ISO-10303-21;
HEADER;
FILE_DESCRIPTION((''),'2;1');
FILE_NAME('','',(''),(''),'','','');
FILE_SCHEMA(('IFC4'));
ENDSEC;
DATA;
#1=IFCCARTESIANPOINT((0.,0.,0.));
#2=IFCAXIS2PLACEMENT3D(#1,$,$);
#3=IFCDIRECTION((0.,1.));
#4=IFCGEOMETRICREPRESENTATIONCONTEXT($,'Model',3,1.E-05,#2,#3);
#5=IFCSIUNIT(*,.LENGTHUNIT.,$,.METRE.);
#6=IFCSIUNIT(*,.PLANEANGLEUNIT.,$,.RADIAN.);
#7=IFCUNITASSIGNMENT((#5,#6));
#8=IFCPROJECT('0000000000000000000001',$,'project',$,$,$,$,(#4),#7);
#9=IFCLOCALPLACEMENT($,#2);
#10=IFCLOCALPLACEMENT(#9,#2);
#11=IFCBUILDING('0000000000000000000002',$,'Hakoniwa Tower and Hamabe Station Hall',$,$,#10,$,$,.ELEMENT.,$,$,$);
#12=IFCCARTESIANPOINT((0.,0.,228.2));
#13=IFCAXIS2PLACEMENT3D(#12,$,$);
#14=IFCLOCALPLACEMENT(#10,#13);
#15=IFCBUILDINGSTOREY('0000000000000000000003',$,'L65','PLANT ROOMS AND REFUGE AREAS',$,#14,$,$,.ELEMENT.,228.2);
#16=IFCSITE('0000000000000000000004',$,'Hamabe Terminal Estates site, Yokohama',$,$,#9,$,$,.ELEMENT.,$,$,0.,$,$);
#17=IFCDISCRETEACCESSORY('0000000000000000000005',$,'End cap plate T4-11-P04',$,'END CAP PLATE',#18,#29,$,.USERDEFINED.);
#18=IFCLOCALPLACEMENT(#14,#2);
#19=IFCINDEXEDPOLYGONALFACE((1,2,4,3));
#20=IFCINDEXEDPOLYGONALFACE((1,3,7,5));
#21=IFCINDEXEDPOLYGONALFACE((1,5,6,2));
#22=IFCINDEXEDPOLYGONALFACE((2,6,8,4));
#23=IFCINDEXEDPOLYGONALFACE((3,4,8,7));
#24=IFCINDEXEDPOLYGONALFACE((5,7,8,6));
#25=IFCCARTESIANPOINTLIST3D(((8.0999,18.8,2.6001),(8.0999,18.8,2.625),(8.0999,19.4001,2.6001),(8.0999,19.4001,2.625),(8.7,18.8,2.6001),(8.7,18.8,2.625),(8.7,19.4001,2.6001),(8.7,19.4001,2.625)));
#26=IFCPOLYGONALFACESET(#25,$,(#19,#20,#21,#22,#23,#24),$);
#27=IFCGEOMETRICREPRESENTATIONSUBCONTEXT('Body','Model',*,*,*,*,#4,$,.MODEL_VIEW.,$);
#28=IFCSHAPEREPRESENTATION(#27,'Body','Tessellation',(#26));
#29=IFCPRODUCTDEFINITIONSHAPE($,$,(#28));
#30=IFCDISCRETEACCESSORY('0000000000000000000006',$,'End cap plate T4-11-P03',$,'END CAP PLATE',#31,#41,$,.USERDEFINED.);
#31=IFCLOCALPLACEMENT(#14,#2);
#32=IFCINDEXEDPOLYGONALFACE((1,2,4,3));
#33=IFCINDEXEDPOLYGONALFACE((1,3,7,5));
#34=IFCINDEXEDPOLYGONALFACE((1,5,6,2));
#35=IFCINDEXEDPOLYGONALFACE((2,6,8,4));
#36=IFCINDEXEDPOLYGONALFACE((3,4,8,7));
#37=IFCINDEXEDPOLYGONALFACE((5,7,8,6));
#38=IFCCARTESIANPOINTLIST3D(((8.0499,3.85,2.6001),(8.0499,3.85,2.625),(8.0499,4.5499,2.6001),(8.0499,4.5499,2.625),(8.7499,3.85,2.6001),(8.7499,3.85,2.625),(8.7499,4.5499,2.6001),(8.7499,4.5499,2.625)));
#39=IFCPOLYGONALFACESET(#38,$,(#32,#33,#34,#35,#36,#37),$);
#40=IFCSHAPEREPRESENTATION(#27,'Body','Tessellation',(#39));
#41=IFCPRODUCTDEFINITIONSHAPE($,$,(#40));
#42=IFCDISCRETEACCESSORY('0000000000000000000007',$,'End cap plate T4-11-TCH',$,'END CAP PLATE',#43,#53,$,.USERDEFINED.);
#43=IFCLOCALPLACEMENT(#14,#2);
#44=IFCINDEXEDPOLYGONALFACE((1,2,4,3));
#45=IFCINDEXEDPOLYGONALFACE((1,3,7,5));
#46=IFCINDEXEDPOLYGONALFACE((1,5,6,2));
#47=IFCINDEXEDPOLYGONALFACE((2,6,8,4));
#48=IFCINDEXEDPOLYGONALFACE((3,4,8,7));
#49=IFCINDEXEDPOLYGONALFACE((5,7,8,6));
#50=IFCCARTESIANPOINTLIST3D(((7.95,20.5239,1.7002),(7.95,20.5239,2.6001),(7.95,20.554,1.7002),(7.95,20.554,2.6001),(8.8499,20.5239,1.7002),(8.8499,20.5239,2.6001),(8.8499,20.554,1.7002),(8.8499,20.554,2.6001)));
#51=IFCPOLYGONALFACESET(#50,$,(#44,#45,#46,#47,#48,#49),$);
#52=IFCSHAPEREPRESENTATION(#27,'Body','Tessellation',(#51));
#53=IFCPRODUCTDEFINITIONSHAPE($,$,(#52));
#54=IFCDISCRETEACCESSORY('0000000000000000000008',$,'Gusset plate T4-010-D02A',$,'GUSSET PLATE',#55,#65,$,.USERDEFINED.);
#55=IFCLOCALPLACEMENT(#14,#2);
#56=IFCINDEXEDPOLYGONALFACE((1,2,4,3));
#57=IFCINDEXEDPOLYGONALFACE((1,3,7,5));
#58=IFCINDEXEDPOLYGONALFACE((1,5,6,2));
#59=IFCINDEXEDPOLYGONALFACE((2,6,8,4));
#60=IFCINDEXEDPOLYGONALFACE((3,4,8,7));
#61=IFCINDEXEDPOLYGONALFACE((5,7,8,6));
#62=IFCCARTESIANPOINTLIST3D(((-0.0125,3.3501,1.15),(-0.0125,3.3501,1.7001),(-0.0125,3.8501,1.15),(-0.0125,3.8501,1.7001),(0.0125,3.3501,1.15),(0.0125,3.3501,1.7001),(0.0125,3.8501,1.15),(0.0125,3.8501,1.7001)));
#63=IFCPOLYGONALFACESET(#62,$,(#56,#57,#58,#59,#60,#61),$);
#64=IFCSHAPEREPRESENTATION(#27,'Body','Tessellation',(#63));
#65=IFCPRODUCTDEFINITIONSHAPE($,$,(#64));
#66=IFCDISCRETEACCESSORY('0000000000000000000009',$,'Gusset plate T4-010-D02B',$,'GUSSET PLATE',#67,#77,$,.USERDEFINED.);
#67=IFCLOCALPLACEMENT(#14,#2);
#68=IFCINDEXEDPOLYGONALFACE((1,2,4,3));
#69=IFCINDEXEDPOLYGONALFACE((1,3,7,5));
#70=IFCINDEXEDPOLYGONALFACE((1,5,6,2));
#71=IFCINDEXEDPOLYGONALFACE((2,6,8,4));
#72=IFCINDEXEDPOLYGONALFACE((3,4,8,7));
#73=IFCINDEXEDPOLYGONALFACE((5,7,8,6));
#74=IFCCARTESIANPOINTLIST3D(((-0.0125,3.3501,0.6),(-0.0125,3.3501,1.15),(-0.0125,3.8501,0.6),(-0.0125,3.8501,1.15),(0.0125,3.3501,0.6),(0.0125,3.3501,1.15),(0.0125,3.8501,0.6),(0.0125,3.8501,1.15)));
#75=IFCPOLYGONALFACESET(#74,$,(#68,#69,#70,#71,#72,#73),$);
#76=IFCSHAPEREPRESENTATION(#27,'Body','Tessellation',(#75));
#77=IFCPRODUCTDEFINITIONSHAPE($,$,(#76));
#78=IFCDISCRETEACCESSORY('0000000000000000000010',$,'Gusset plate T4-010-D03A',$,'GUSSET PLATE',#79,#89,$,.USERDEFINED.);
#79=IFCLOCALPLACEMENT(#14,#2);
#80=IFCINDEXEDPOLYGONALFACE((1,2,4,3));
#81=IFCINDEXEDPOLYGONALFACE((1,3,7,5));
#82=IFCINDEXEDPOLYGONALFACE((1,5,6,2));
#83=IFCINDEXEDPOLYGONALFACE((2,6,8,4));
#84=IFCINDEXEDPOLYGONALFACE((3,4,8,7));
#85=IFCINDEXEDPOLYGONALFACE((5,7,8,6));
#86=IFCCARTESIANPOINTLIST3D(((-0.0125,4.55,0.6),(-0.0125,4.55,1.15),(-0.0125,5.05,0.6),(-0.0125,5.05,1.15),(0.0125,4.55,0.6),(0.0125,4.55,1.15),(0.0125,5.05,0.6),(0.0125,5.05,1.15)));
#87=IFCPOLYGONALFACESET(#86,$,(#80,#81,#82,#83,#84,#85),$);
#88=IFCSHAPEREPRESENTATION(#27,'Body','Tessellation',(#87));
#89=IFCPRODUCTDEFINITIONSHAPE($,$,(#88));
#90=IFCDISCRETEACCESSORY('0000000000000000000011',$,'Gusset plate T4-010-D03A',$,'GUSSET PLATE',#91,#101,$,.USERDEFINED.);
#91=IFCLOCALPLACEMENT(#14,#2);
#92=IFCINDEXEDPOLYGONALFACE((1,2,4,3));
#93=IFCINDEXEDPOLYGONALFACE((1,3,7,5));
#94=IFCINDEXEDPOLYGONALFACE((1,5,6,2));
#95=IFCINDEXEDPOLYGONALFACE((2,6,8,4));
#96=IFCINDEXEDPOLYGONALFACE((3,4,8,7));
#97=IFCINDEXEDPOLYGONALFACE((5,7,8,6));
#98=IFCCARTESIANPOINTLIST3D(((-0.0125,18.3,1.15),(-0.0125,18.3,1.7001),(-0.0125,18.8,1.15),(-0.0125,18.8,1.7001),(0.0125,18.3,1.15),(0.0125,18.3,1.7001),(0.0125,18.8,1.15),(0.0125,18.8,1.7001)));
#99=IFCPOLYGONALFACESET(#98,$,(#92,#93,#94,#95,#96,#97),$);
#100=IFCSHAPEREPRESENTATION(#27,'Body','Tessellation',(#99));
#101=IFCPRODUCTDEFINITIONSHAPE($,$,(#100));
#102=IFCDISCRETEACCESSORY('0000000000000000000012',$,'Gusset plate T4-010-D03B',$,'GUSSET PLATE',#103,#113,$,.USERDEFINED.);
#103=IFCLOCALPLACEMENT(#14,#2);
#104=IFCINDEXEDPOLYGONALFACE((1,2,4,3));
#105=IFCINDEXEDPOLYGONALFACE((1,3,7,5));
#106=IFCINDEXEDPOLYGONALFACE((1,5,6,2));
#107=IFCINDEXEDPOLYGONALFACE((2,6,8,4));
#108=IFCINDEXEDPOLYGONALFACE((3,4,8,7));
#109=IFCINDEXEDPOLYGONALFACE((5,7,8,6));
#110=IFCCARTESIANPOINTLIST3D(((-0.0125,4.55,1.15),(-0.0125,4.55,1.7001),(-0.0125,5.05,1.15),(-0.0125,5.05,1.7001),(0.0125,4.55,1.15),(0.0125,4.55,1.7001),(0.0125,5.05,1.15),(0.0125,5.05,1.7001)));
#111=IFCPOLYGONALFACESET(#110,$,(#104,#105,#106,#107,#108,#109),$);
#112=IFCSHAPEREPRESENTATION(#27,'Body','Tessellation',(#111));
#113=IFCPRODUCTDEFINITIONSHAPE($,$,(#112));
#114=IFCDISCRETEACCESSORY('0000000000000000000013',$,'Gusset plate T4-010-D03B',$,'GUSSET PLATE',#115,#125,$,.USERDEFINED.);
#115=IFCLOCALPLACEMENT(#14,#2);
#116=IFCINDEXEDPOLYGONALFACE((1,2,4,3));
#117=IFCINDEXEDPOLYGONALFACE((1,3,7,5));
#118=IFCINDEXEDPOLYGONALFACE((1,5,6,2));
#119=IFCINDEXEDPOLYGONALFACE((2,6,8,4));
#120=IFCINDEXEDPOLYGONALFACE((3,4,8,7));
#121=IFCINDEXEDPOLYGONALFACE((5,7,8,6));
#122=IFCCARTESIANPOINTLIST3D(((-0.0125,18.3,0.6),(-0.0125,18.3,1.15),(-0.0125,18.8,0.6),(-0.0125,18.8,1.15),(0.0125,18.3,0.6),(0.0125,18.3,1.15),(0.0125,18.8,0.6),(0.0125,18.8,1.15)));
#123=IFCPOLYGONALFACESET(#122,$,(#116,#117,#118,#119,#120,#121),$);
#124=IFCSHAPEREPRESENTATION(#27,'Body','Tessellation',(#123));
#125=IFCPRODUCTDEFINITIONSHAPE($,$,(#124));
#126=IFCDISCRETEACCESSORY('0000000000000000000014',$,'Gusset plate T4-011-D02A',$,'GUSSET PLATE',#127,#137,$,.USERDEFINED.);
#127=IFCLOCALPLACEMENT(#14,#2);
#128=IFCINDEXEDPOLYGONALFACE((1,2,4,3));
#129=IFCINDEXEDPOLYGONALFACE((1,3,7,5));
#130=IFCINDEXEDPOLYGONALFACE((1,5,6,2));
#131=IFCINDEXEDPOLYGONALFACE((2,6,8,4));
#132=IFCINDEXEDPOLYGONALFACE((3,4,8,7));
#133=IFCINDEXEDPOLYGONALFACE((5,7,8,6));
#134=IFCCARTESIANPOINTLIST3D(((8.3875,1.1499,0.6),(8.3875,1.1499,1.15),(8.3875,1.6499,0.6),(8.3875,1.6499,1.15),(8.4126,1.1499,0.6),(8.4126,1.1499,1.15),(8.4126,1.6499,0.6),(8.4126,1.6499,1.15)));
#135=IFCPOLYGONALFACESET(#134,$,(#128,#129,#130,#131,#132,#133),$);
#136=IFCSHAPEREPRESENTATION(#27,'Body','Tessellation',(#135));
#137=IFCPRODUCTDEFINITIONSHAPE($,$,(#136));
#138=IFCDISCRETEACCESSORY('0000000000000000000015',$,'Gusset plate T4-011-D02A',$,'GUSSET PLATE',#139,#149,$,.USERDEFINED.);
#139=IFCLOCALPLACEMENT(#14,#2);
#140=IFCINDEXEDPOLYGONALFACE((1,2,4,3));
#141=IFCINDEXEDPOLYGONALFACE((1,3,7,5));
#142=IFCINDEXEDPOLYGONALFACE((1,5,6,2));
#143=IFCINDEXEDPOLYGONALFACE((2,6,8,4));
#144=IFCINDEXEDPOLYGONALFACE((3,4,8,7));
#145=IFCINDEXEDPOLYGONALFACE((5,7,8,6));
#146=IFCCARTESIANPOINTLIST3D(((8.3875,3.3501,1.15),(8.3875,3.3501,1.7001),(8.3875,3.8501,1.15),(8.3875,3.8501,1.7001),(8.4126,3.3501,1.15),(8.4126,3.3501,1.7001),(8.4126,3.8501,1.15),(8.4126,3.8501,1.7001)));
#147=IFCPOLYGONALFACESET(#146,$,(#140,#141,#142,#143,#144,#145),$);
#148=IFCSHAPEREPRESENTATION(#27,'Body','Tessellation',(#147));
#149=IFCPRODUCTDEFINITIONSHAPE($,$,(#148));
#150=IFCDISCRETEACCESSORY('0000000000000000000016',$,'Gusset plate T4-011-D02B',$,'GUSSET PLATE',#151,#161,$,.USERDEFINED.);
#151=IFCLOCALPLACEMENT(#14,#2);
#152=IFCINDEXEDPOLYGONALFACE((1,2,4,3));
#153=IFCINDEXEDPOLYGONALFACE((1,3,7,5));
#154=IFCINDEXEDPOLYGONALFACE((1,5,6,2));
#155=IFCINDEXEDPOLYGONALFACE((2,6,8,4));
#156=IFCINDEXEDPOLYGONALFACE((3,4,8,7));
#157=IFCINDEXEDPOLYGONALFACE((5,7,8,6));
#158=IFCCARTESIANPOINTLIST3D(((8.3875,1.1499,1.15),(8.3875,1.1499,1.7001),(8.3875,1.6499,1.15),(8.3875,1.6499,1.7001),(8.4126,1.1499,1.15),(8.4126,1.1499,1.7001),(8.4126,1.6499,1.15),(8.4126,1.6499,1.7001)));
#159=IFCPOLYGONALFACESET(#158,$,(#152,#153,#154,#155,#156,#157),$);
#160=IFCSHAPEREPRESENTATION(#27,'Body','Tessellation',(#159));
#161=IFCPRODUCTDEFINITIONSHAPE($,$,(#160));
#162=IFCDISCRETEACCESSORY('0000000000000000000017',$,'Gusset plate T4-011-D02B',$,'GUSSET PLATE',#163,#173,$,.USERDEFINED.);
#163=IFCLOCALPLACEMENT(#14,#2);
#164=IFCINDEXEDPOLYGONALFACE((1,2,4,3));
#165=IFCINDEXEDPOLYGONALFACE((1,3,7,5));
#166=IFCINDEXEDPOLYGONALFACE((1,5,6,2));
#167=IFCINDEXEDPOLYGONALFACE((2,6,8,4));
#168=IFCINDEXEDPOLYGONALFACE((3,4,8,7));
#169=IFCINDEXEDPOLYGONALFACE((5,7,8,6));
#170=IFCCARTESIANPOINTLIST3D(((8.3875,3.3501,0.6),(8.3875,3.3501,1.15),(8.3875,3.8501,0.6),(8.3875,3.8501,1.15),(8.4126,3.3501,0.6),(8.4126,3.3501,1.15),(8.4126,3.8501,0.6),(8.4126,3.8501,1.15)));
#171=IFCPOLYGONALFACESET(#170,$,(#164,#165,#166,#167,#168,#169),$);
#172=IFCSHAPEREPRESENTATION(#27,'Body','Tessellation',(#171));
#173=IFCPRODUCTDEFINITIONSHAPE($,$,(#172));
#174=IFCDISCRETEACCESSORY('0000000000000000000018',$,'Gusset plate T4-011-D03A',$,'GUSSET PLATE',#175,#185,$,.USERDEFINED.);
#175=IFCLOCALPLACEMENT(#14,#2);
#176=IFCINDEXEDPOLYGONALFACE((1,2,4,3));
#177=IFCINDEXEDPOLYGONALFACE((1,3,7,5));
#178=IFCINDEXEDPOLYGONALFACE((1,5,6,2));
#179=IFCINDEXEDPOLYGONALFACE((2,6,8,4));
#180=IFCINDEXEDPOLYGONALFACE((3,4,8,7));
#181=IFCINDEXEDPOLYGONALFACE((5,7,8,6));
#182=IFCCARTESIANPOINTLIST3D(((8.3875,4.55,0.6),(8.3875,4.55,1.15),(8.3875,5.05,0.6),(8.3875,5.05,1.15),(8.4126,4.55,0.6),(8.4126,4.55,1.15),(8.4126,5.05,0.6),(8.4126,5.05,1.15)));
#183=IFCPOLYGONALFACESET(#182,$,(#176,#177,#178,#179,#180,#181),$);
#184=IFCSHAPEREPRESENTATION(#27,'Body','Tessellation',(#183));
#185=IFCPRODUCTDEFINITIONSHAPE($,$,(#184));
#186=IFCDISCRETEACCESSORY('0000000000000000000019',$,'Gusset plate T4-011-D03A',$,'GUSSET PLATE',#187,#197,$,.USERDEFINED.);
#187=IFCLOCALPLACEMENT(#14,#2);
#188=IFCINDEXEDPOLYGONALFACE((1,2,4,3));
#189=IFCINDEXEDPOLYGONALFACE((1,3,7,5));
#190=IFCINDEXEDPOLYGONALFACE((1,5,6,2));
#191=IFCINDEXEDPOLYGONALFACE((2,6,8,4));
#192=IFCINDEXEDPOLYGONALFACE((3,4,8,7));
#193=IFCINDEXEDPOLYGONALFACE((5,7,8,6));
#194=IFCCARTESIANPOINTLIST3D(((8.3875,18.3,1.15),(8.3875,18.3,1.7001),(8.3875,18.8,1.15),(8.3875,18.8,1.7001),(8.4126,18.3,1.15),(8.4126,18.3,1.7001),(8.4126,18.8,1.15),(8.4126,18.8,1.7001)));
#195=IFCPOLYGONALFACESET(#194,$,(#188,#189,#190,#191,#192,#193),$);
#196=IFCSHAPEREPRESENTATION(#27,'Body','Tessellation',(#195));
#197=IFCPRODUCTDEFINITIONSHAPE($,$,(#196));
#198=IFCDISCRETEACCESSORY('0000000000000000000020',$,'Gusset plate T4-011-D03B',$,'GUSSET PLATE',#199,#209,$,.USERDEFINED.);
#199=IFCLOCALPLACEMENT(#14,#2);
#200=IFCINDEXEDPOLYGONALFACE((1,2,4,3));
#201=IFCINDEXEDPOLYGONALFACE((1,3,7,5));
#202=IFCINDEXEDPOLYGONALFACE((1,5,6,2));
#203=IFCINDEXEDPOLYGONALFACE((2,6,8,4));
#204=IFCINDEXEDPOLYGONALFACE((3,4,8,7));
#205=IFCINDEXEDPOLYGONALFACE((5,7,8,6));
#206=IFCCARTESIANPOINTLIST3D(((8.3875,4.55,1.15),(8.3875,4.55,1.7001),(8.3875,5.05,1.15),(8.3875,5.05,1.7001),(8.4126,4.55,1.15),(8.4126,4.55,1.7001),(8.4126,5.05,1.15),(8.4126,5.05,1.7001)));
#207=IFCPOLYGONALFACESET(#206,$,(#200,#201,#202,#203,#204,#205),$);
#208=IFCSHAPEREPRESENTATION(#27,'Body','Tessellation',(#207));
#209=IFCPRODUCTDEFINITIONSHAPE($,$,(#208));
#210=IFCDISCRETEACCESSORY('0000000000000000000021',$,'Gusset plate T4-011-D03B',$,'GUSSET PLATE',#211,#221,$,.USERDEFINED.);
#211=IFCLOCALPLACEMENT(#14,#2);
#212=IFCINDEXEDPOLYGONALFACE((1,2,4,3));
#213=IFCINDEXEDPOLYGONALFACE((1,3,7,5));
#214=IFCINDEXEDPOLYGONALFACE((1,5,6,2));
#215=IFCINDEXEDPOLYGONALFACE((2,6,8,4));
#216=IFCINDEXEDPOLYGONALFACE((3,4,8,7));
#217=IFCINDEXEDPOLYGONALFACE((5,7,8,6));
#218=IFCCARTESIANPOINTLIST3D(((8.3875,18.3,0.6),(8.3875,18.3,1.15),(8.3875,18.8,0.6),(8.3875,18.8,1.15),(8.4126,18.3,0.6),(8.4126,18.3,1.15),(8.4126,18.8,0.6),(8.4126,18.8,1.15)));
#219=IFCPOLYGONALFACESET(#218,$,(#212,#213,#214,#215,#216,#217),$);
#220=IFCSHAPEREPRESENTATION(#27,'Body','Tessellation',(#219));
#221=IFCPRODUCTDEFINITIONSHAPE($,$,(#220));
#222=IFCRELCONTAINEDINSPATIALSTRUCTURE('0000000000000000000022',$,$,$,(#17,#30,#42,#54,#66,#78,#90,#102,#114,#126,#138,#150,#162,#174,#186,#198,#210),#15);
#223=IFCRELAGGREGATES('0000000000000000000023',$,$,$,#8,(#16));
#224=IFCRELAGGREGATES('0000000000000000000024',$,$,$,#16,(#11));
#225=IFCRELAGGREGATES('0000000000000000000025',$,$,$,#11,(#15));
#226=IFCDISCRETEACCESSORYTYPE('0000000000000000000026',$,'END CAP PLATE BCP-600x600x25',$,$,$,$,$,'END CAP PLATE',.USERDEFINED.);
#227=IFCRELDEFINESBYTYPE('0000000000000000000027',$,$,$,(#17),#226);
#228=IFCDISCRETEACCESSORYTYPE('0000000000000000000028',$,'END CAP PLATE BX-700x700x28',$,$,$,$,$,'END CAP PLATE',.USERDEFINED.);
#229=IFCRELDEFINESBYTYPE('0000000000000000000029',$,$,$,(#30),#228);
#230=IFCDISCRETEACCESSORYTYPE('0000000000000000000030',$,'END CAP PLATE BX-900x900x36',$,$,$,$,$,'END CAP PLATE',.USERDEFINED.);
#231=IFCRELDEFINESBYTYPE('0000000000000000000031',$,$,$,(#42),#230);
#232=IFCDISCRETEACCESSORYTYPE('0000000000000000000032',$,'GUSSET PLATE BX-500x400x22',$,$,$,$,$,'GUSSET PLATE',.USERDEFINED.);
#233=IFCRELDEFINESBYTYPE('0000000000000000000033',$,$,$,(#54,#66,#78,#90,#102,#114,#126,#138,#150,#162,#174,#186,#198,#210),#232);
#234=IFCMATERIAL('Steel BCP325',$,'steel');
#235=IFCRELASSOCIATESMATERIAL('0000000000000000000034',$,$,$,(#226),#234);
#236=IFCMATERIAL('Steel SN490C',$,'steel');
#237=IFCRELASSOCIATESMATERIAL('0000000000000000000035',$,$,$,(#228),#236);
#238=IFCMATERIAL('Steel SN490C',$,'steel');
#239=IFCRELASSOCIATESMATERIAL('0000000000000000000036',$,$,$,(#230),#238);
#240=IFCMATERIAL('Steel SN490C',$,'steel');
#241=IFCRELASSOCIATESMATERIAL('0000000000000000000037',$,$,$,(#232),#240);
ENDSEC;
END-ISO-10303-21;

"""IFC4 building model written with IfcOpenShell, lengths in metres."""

from ifc_helpers import new_model, si_unit, direction, frame, origin, origin_2d, place, context, subcontext, project, spatial, rectangle, extrude, material, material_profile, profile_set, type_object, element, save


model = new_model("IFC4")

# Units and contexts
model_context = context("Model", 3, precision=1e-05, world=origin(), true_north=direction((0.0, 1.0)))
body_context = subcontext(model_context, "Body", "Model", "MODEL_VIEW")
ifc_project = project(units=[si_unit("LENGTHUNIT", "METRE"), si_unit("PLANEANGLEUNIT", "RADIAN")], contexts=[model_context])

# Site, building, storey
site_placement = place(None, origin())
site = spatial("IfcSite", under=ifc_project, at=site_placement, Name="Hamabe Terminal Estates site, Yokohama", CompositionType="ELEMENT", RefElevation=0.0)
building_placement = place(site_placement, origin())
building = spatial("IfcBuilding", under=site, at=building_placement, Name="Hakoniwa Tower and Hamabe Station Hall", CompositionType="ELEMENT")
storey_placement = place(building_placement, frame((0.0, 0.0, 228.2)))
storey = spatial("IfcBuildingStorey", under=building, at=storey_placement, Name="L65", Description="PLANT ROOMS AND REFUGE AREAS", CompositionType="ELEMENT", Elevation=228.2)

# Discrete accessories
ifc_material_1 = material(Name="Steel BCP325", Category="steel")
ifc_material_profile_1 = material_profile(ifc_material_1, rectangle(XDim=0.6001, YDim=0.6001, at=origin_2d()), Name="END CAP PLATE BCP-600x600x25")
ifc_profile_set_1 = profile_set([ifc_material_profile_1], Name="Steel BCP325")
discrete_accessory_type_1 = type_object("IfcDiscreteAccessoryType", Name="END CAP PLATE BCP-600x600x25", ElementType="END CAP PLATE", PredefinedType="USERDEFINED", material=ifc_profile_set_1)
discrete_accessory_1_placement = place(storey_placement, frame((8.3999, 19.1001, 2.6001), z_axis=(0.0, 0.0, 1.0), x_axis=(1.0, 0.0, 0.0)))
element("IfcDiscreteAccessory", 1, at=discrete_accessory_1_placement, inside=storey, type_object=discrete_accessory_type_1, Name="End cap plate T4-11-P04", ObjectType="END CAP PLATE", PredefinedType="USERDEFINED", context=body_context, shape_type="SweptSolid", body=[
    extrude(rectangle(XDim=0.6001, YDim=0.6001, at=origin_2d()), origin(), (0.0, 0.0, 1.0), 0.0249),
])
ifc_material_2 = material(Name="Steel SN490C", Category="steel")
ifc_material_profile_2 = material_profile(ifc_material_2, rectangle(XDim=0.7, YDim=0.7, at=origin_2d()), Name="END CAP PLATE BX-700x700x28")
ifc_profile_set_2 = profile_set([ifc_material_profile_2], Name="Steel SN490C")
discrete_accessory_type_2 = type_object("IfcDiscreteAccessoryType", Name="END CAP PLATE BX-700x700x28", ElementType="END CAP PLATE", PredefinedType="USERDEFINED", material=ifc_profile_set_2)
discrete_accessory_2_placement = place(storey_placement, frame((8.3999, 4.2, 2.6001), z_axis=(0.0, 0.0, 1.0), x_axis=(1.0, 0.0, 0.0)))
element("IfcDiscreteAccessory", 2, at=discrete_accessory_2_placement, inside=storey, type_object=discrete_accessory_type_2, Name="End cap plate T4-11-P03", ObjectType="END CAP PLATE", PredefinedType="USERDEFINED", context=body_context, shape_type="SweptSolid", body=[
    extrude(rectangle(XDim=0.7, YDim=0.7, at=origin_2d()), origin(), (0.0, 0.0, 1.0), 0.0249),
])
ifc_material_3 = material(Name="Steel SN490C", Category="steel")
ifc_material_profile_3 = material_profile(ifc_material_3, rectangle(XDim=0.8999, YDim=0.8999, at=origin_2d()), Name="END CAP PLATE BX-900x900x36")
ifc_profile_set_3 = profile_set([ifc_material_profile_3], Name="Steel SN490C")
discrete_accessory_type_3 = type_object("IfcDiscreteAccessoryType", Name="END CAP PLATE BX-900x900x36", ElementType="END CAP PLATE", PredefinedType="USERDEFINED", material=ifc_profile_set_3)
discrete_accessory_3_placement = place(storey_placement, frame((8.3999, 20.5239, 2.1501), z_axis=(0.0, 1.0, 0.0), x_axis=(-1.0, 0.0, 0.0)))
element("IfcDiscreteAccessory", 3, at=discrete_accessory_3_placement, inside=storey, type_object=discrete_accessory_type_3, Name="End cap plate T4-11-TCH", ObjectType="END CAP PLATE", PredefinedType="USERDEFINED", context=body_context, shape_type="SweptSolid", body=[
    extrude(rectangle(XDim=0.8999, YDim=0.8999, at=origin_2d()), origin(), (0.0, 0.0, 1.0), 0.03),
])
ifc_material_4 = material(Name="Steel SN490C", Category="steel")
ifc_material_profile_4 = material_profile(ifc_material_4, rectangle(XDim=0.5, YDim=0.55, at=origin_2d()), Name="GUSSET PLATE BX-500x400x22")
ifc_profile_set_4 = profile_set([ifc_material_profile_4], Name="Steel SN490C")
discrete_accessory_type_4 = type_object("IfcDiscreteAccessoryType", Name="GUSSET PLATE BX-500x400x22", ElementType="GUSSET PLATE", PredefinedType="USERDEFINED", material=ifc_profile_set_4)
for number, where, z_axis, x_axis, name in (
    (4, (0.0125, 3.6001, 1.425), (-1.0, 0.0, 0.0), (0.0, -1.0, 0.0), "Gusset plate T4-010-D02A"),
    (5, (0.0125, 3.6001, 0.875), (-1.0, 0.0, 0.0), (0.0, -1.0, 0.0), "Gusset plate T4-010-D02B"),
    (6, (0.0125, 4.8, 0.875), (-1.0, 0.0, 0.0), (0.0, -1.0, 0.0), "Gusset plate T4-010-D03A"),
    (7, (0.0125, 18.55, 1.425), (-1.0, 0.0, 0.0), (0.0, -1.0, 0.0), "Gusset plate T4-010-D03A"),
    (8, (0.0125, 4.8, 1.425), (-1.0, 0.0, 0.0), (0.0, -1.0, 0.0), "Gusset plate T4-010-D03B"),
    (9, (0.0125, 18.55, 0.875), (-1.0, 0.0, 0.0), (0.0, -1.0, 0.0), "Gusset plate T4-010-D03B"),
):
    element("IfcDiscreteAccessory", number, at=place(storey_placement, frame(where, z_axis=z_axis, x_axis=x_axis)), inside=storey, type_object=discrete_accessory_type_4, Name=name, ObjectType="GUSSET PLATE", PredefinedType="USERDEFINED", context=body_context, shape_type="SweptSolid", body=[
        extrude(rectangle(XDim=0.5, YDim=0.55, at=origin_2d()), origin(), (0.0, 0.0, 1.0), 0.0249),
    ])
for number, where, z_axis, x_axis, name in (
    (10, (8.4126, 1.3999, 0.875), (-1.0, 0.0, 0.0), (0.0, -1.0, 0.0), "Gusset plate T4-011-D02A"),
    (11, (8.4126, 3.6001, 1.425), (-1.0, 0.0, 0.0), (0.0, -1.0, 0.0), "Gusset plate T4-011-D02A"),
    (12, (8.4126, 1.3999, 1.425), (-1.0, 0.0, 0.0), (0.0, -1.0, 0.0), "Gusset plate T4-011-D02B"),
    (13, (8.4126, 3.6001, 0.875), (-1.0, 0.0, 0.0), (0.0, -1.0, 0.0), "Gusset plate T4-011-D02B"),
    (14, (8.4126, 4.8, 0.875), (-1.0, 0.0, 0.0), (0.0, -1.0, 0.0), "Gusset plate T4-011-D03A"),
    (15, (8.4126, 18.55, 1.425), (-1.0, 0.0, 0.0), (0.0, -1.0, 0.0), "Gusset plate T4-011-D03A"),
    (16, (8.4126, 4.8, 1.425), (-1.0, 0.0, 0.0), (0.0, -1.0, 0.0), "Gusset plate T4-011-D03B"),
    (17, (8.4126, 18.55, 0.875), (-1.0, 0.0, 0.0), (0.0, -1.0, 0.0), "Gusset plate T4-011-D03B"),
):
    element("IfcDiscreteAccessory", number, at=place(storey_placement, frame(where, z_axis=z_axis, x_axis=x_axis)), inside=storey, type_object=discrete_accessory_type_4, Name=name, ObjectType="GUSSET PLATE", PredefinedType="USERDEFINED", context=body_context, shape_type="SweptSolid", body=[
        extrude(rectangle(XDim=0.5, YDim=0.55, at=origin_2d()), origin(), (0.0, 0.0, 1.0), 0.0251),
    ])

save(model, "model.ifc")
